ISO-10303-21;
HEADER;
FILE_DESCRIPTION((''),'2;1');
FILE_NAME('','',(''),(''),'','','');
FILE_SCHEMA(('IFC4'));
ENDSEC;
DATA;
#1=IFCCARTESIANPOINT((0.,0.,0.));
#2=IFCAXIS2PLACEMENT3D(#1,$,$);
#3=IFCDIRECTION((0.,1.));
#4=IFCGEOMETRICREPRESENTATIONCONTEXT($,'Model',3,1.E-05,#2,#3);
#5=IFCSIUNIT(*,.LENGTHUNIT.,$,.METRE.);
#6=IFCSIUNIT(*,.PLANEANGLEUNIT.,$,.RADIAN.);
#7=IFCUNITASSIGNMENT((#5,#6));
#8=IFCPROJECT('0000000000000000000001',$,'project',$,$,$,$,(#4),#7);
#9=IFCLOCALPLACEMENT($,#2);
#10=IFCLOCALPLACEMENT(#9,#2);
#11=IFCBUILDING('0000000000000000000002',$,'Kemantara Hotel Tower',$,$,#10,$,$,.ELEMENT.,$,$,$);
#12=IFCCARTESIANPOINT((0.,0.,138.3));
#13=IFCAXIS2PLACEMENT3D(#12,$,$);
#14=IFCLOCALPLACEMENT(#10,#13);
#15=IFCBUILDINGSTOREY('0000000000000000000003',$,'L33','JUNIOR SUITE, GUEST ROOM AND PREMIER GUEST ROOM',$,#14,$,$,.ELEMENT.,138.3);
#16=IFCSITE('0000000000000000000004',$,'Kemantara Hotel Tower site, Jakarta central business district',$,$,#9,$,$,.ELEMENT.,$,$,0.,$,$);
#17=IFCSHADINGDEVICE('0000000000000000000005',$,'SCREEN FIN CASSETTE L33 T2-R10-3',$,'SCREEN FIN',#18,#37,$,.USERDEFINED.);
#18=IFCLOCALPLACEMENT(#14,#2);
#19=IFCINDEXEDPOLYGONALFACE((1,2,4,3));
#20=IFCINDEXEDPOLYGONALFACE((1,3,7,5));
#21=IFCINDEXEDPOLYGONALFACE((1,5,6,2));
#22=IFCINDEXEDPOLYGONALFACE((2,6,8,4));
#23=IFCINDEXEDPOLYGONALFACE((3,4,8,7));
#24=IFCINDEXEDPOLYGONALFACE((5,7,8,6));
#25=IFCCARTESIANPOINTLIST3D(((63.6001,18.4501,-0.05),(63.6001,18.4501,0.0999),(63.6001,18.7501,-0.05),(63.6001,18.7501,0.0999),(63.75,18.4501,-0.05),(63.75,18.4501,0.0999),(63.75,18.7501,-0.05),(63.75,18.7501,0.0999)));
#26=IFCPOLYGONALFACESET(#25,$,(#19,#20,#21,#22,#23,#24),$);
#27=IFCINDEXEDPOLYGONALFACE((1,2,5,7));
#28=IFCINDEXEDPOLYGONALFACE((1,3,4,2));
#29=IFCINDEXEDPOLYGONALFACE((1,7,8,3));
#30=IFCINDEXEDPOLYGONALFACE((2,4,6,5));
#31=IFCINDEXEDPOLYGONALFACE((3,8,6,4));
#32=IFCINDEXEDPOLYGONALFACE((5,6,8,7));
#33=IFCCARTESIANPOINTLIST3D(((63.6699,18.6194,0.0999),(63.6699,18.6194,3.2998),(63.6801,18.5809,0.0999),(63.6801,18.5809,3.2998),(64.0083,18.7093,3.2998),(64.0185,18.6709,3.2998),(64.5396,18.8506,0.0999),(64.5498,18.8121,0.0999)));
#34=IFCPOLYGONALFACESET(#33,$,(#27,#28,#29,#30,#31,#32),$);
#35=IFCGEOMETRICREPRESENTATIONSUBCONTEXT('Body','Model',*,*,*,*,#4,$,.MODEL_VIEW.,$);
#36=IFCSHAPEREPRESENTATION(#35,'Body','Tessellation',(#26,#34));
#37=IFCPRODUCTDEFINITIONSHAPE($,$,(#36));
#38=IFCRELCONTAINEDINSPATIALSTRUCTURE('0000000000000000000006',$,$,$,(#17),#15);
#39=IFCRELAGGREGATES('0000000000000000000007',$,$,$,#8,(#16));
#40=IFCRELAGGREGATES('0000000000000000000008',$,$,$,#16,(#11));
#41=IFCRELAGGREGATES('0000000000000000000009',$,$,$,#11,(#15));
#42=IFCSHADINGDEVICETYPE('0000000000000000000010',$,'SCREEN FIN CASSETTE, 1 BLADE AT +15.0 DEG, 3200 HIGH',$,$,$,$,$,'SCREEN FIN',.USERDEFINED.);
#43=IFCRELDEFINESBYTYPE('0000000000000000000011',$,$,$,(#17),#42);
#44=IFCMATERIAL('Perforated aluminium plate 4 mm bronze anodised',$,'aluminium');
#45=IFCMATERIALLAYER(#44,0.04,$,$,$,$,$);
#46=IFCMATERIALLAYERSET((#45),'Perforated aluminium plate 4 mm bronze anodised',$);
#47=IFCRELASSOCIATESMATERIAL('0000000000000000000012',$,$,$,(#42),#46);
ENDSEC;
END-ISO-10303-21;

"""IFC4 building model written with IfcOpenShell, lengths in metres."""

from ifc_helpers import new_model, si_unit, direction, frame, origin, origin_2d, place, context, subcontext, project, spatial, polyline, rectangle, outline, extrude, source, transform, mapped, material, layer, layer_set, type_object, element, save


model = new_model("IFC4")

# Units and contexts
model_context = context("Model", 3, precision=1e-05, world=origin(), true_north=direction((0.0, 1.0)))
body_context = subcontext(model_context, "Body", "Model", "MODEL_VIEW")
ifc_project = project(units=[si_unit("LENGTHUNIT", "METRE"), si_unit("PLANEANGLEUNIT", "RADIAN")], contexts=[model_context])

# Site, building, storey
site_placement = place(None, origin())
site = spatial("IfcSite", under=ifc_project, at=site_placement, Name="Kemantara Hotel Tower site, Jakarta central business district", CompositionType="ELEMENT", RefElevation=0.0)
building_placement = place(site_placement, origin())
building = spatial("IfcBuilding", under=site, at=building_placement, Name="Kemantara Hotel Tower", CompositionType="ELEMENT")
storey_placement = place(building_placement, frame((0.0, 0.0, 138.3)))
storey = spatial("IfcBuildingStorey", under=building, at=storey_placement, Name="L33", Description="JUNIOR SUITE, GUEST ROOM AND PREMIER GUEST ROOM", CompositionType="ELEMENT", Elevation=138.3)

# Shading device
ifc_material_1 = material(Name="Perforated aluminium plate 4 mm bronze anodised", Category="aluminium")
ifc_layer_1 = layer(ifc_material_1, 0.04)
ifc_layer_set_1 = layer_set([ifc_layer_1], Name="Perforated aluminium plate 4 mm bronze anodised")
shading_device_type_1 = type_object("IfcShadingDeviceType", Name="SCREEN FIN CASSETTE, 1 BLADE AT +15.0 DEG, 3200 HIGH", ElementType="SCREEN FIN", PredefinedType="USERDEFINED", material=ifc_layer_set_1)
shared_shape_1 = source(origin(), body_context, "Body", "SweptSolid", [
    extrude(rectangle(XDim=0.3, YDim=0.1499, at=origin_2d()), frame((0.0, -0.075, -0.1499), z_axis=(0.0, 0.0, 1.0), x_axis=(1.0, 0.0, 0.0)), (0.0, 0.0, 1.0), 0.1499),
    extrude(outline(polyline([(0.0, 0.0), (0.8999, 0.0), (0.3501, 3.2), (0.0, 3.2), (0.0, 0.0)])), frame((0.0193, -0.0698, 0.0), z_axis=(-0.966438, -0.256901, 0.0), x_axis=(0.256901, -0.966438, 0.0)), (0.0, 0.0, 1.0), 0.0398),
])
shading_device_1_placement = place(storey_placement, frame((63.6001, 18.6001, 0.0999), z_axis=(0.0, 0.0, 1.0), x_axis=(0.0, 1.0, 0.0)))
element("IfcShadingDevice", 1, at=shading_device_1_placement, inside=storey, type_object=shading_device_type_1, Name="SCREEN FIN CASSETTE L33 T2-R10-3", ObjectType="SCREEN FIN", PredefinedType="USERDEFINED", context=body_context, shape_type="MappedRepresentation", body=[
    mapped(shared_shape_1, transform((0.0, 0.0, 0.0))),
])

save(model, "model.ifc")
